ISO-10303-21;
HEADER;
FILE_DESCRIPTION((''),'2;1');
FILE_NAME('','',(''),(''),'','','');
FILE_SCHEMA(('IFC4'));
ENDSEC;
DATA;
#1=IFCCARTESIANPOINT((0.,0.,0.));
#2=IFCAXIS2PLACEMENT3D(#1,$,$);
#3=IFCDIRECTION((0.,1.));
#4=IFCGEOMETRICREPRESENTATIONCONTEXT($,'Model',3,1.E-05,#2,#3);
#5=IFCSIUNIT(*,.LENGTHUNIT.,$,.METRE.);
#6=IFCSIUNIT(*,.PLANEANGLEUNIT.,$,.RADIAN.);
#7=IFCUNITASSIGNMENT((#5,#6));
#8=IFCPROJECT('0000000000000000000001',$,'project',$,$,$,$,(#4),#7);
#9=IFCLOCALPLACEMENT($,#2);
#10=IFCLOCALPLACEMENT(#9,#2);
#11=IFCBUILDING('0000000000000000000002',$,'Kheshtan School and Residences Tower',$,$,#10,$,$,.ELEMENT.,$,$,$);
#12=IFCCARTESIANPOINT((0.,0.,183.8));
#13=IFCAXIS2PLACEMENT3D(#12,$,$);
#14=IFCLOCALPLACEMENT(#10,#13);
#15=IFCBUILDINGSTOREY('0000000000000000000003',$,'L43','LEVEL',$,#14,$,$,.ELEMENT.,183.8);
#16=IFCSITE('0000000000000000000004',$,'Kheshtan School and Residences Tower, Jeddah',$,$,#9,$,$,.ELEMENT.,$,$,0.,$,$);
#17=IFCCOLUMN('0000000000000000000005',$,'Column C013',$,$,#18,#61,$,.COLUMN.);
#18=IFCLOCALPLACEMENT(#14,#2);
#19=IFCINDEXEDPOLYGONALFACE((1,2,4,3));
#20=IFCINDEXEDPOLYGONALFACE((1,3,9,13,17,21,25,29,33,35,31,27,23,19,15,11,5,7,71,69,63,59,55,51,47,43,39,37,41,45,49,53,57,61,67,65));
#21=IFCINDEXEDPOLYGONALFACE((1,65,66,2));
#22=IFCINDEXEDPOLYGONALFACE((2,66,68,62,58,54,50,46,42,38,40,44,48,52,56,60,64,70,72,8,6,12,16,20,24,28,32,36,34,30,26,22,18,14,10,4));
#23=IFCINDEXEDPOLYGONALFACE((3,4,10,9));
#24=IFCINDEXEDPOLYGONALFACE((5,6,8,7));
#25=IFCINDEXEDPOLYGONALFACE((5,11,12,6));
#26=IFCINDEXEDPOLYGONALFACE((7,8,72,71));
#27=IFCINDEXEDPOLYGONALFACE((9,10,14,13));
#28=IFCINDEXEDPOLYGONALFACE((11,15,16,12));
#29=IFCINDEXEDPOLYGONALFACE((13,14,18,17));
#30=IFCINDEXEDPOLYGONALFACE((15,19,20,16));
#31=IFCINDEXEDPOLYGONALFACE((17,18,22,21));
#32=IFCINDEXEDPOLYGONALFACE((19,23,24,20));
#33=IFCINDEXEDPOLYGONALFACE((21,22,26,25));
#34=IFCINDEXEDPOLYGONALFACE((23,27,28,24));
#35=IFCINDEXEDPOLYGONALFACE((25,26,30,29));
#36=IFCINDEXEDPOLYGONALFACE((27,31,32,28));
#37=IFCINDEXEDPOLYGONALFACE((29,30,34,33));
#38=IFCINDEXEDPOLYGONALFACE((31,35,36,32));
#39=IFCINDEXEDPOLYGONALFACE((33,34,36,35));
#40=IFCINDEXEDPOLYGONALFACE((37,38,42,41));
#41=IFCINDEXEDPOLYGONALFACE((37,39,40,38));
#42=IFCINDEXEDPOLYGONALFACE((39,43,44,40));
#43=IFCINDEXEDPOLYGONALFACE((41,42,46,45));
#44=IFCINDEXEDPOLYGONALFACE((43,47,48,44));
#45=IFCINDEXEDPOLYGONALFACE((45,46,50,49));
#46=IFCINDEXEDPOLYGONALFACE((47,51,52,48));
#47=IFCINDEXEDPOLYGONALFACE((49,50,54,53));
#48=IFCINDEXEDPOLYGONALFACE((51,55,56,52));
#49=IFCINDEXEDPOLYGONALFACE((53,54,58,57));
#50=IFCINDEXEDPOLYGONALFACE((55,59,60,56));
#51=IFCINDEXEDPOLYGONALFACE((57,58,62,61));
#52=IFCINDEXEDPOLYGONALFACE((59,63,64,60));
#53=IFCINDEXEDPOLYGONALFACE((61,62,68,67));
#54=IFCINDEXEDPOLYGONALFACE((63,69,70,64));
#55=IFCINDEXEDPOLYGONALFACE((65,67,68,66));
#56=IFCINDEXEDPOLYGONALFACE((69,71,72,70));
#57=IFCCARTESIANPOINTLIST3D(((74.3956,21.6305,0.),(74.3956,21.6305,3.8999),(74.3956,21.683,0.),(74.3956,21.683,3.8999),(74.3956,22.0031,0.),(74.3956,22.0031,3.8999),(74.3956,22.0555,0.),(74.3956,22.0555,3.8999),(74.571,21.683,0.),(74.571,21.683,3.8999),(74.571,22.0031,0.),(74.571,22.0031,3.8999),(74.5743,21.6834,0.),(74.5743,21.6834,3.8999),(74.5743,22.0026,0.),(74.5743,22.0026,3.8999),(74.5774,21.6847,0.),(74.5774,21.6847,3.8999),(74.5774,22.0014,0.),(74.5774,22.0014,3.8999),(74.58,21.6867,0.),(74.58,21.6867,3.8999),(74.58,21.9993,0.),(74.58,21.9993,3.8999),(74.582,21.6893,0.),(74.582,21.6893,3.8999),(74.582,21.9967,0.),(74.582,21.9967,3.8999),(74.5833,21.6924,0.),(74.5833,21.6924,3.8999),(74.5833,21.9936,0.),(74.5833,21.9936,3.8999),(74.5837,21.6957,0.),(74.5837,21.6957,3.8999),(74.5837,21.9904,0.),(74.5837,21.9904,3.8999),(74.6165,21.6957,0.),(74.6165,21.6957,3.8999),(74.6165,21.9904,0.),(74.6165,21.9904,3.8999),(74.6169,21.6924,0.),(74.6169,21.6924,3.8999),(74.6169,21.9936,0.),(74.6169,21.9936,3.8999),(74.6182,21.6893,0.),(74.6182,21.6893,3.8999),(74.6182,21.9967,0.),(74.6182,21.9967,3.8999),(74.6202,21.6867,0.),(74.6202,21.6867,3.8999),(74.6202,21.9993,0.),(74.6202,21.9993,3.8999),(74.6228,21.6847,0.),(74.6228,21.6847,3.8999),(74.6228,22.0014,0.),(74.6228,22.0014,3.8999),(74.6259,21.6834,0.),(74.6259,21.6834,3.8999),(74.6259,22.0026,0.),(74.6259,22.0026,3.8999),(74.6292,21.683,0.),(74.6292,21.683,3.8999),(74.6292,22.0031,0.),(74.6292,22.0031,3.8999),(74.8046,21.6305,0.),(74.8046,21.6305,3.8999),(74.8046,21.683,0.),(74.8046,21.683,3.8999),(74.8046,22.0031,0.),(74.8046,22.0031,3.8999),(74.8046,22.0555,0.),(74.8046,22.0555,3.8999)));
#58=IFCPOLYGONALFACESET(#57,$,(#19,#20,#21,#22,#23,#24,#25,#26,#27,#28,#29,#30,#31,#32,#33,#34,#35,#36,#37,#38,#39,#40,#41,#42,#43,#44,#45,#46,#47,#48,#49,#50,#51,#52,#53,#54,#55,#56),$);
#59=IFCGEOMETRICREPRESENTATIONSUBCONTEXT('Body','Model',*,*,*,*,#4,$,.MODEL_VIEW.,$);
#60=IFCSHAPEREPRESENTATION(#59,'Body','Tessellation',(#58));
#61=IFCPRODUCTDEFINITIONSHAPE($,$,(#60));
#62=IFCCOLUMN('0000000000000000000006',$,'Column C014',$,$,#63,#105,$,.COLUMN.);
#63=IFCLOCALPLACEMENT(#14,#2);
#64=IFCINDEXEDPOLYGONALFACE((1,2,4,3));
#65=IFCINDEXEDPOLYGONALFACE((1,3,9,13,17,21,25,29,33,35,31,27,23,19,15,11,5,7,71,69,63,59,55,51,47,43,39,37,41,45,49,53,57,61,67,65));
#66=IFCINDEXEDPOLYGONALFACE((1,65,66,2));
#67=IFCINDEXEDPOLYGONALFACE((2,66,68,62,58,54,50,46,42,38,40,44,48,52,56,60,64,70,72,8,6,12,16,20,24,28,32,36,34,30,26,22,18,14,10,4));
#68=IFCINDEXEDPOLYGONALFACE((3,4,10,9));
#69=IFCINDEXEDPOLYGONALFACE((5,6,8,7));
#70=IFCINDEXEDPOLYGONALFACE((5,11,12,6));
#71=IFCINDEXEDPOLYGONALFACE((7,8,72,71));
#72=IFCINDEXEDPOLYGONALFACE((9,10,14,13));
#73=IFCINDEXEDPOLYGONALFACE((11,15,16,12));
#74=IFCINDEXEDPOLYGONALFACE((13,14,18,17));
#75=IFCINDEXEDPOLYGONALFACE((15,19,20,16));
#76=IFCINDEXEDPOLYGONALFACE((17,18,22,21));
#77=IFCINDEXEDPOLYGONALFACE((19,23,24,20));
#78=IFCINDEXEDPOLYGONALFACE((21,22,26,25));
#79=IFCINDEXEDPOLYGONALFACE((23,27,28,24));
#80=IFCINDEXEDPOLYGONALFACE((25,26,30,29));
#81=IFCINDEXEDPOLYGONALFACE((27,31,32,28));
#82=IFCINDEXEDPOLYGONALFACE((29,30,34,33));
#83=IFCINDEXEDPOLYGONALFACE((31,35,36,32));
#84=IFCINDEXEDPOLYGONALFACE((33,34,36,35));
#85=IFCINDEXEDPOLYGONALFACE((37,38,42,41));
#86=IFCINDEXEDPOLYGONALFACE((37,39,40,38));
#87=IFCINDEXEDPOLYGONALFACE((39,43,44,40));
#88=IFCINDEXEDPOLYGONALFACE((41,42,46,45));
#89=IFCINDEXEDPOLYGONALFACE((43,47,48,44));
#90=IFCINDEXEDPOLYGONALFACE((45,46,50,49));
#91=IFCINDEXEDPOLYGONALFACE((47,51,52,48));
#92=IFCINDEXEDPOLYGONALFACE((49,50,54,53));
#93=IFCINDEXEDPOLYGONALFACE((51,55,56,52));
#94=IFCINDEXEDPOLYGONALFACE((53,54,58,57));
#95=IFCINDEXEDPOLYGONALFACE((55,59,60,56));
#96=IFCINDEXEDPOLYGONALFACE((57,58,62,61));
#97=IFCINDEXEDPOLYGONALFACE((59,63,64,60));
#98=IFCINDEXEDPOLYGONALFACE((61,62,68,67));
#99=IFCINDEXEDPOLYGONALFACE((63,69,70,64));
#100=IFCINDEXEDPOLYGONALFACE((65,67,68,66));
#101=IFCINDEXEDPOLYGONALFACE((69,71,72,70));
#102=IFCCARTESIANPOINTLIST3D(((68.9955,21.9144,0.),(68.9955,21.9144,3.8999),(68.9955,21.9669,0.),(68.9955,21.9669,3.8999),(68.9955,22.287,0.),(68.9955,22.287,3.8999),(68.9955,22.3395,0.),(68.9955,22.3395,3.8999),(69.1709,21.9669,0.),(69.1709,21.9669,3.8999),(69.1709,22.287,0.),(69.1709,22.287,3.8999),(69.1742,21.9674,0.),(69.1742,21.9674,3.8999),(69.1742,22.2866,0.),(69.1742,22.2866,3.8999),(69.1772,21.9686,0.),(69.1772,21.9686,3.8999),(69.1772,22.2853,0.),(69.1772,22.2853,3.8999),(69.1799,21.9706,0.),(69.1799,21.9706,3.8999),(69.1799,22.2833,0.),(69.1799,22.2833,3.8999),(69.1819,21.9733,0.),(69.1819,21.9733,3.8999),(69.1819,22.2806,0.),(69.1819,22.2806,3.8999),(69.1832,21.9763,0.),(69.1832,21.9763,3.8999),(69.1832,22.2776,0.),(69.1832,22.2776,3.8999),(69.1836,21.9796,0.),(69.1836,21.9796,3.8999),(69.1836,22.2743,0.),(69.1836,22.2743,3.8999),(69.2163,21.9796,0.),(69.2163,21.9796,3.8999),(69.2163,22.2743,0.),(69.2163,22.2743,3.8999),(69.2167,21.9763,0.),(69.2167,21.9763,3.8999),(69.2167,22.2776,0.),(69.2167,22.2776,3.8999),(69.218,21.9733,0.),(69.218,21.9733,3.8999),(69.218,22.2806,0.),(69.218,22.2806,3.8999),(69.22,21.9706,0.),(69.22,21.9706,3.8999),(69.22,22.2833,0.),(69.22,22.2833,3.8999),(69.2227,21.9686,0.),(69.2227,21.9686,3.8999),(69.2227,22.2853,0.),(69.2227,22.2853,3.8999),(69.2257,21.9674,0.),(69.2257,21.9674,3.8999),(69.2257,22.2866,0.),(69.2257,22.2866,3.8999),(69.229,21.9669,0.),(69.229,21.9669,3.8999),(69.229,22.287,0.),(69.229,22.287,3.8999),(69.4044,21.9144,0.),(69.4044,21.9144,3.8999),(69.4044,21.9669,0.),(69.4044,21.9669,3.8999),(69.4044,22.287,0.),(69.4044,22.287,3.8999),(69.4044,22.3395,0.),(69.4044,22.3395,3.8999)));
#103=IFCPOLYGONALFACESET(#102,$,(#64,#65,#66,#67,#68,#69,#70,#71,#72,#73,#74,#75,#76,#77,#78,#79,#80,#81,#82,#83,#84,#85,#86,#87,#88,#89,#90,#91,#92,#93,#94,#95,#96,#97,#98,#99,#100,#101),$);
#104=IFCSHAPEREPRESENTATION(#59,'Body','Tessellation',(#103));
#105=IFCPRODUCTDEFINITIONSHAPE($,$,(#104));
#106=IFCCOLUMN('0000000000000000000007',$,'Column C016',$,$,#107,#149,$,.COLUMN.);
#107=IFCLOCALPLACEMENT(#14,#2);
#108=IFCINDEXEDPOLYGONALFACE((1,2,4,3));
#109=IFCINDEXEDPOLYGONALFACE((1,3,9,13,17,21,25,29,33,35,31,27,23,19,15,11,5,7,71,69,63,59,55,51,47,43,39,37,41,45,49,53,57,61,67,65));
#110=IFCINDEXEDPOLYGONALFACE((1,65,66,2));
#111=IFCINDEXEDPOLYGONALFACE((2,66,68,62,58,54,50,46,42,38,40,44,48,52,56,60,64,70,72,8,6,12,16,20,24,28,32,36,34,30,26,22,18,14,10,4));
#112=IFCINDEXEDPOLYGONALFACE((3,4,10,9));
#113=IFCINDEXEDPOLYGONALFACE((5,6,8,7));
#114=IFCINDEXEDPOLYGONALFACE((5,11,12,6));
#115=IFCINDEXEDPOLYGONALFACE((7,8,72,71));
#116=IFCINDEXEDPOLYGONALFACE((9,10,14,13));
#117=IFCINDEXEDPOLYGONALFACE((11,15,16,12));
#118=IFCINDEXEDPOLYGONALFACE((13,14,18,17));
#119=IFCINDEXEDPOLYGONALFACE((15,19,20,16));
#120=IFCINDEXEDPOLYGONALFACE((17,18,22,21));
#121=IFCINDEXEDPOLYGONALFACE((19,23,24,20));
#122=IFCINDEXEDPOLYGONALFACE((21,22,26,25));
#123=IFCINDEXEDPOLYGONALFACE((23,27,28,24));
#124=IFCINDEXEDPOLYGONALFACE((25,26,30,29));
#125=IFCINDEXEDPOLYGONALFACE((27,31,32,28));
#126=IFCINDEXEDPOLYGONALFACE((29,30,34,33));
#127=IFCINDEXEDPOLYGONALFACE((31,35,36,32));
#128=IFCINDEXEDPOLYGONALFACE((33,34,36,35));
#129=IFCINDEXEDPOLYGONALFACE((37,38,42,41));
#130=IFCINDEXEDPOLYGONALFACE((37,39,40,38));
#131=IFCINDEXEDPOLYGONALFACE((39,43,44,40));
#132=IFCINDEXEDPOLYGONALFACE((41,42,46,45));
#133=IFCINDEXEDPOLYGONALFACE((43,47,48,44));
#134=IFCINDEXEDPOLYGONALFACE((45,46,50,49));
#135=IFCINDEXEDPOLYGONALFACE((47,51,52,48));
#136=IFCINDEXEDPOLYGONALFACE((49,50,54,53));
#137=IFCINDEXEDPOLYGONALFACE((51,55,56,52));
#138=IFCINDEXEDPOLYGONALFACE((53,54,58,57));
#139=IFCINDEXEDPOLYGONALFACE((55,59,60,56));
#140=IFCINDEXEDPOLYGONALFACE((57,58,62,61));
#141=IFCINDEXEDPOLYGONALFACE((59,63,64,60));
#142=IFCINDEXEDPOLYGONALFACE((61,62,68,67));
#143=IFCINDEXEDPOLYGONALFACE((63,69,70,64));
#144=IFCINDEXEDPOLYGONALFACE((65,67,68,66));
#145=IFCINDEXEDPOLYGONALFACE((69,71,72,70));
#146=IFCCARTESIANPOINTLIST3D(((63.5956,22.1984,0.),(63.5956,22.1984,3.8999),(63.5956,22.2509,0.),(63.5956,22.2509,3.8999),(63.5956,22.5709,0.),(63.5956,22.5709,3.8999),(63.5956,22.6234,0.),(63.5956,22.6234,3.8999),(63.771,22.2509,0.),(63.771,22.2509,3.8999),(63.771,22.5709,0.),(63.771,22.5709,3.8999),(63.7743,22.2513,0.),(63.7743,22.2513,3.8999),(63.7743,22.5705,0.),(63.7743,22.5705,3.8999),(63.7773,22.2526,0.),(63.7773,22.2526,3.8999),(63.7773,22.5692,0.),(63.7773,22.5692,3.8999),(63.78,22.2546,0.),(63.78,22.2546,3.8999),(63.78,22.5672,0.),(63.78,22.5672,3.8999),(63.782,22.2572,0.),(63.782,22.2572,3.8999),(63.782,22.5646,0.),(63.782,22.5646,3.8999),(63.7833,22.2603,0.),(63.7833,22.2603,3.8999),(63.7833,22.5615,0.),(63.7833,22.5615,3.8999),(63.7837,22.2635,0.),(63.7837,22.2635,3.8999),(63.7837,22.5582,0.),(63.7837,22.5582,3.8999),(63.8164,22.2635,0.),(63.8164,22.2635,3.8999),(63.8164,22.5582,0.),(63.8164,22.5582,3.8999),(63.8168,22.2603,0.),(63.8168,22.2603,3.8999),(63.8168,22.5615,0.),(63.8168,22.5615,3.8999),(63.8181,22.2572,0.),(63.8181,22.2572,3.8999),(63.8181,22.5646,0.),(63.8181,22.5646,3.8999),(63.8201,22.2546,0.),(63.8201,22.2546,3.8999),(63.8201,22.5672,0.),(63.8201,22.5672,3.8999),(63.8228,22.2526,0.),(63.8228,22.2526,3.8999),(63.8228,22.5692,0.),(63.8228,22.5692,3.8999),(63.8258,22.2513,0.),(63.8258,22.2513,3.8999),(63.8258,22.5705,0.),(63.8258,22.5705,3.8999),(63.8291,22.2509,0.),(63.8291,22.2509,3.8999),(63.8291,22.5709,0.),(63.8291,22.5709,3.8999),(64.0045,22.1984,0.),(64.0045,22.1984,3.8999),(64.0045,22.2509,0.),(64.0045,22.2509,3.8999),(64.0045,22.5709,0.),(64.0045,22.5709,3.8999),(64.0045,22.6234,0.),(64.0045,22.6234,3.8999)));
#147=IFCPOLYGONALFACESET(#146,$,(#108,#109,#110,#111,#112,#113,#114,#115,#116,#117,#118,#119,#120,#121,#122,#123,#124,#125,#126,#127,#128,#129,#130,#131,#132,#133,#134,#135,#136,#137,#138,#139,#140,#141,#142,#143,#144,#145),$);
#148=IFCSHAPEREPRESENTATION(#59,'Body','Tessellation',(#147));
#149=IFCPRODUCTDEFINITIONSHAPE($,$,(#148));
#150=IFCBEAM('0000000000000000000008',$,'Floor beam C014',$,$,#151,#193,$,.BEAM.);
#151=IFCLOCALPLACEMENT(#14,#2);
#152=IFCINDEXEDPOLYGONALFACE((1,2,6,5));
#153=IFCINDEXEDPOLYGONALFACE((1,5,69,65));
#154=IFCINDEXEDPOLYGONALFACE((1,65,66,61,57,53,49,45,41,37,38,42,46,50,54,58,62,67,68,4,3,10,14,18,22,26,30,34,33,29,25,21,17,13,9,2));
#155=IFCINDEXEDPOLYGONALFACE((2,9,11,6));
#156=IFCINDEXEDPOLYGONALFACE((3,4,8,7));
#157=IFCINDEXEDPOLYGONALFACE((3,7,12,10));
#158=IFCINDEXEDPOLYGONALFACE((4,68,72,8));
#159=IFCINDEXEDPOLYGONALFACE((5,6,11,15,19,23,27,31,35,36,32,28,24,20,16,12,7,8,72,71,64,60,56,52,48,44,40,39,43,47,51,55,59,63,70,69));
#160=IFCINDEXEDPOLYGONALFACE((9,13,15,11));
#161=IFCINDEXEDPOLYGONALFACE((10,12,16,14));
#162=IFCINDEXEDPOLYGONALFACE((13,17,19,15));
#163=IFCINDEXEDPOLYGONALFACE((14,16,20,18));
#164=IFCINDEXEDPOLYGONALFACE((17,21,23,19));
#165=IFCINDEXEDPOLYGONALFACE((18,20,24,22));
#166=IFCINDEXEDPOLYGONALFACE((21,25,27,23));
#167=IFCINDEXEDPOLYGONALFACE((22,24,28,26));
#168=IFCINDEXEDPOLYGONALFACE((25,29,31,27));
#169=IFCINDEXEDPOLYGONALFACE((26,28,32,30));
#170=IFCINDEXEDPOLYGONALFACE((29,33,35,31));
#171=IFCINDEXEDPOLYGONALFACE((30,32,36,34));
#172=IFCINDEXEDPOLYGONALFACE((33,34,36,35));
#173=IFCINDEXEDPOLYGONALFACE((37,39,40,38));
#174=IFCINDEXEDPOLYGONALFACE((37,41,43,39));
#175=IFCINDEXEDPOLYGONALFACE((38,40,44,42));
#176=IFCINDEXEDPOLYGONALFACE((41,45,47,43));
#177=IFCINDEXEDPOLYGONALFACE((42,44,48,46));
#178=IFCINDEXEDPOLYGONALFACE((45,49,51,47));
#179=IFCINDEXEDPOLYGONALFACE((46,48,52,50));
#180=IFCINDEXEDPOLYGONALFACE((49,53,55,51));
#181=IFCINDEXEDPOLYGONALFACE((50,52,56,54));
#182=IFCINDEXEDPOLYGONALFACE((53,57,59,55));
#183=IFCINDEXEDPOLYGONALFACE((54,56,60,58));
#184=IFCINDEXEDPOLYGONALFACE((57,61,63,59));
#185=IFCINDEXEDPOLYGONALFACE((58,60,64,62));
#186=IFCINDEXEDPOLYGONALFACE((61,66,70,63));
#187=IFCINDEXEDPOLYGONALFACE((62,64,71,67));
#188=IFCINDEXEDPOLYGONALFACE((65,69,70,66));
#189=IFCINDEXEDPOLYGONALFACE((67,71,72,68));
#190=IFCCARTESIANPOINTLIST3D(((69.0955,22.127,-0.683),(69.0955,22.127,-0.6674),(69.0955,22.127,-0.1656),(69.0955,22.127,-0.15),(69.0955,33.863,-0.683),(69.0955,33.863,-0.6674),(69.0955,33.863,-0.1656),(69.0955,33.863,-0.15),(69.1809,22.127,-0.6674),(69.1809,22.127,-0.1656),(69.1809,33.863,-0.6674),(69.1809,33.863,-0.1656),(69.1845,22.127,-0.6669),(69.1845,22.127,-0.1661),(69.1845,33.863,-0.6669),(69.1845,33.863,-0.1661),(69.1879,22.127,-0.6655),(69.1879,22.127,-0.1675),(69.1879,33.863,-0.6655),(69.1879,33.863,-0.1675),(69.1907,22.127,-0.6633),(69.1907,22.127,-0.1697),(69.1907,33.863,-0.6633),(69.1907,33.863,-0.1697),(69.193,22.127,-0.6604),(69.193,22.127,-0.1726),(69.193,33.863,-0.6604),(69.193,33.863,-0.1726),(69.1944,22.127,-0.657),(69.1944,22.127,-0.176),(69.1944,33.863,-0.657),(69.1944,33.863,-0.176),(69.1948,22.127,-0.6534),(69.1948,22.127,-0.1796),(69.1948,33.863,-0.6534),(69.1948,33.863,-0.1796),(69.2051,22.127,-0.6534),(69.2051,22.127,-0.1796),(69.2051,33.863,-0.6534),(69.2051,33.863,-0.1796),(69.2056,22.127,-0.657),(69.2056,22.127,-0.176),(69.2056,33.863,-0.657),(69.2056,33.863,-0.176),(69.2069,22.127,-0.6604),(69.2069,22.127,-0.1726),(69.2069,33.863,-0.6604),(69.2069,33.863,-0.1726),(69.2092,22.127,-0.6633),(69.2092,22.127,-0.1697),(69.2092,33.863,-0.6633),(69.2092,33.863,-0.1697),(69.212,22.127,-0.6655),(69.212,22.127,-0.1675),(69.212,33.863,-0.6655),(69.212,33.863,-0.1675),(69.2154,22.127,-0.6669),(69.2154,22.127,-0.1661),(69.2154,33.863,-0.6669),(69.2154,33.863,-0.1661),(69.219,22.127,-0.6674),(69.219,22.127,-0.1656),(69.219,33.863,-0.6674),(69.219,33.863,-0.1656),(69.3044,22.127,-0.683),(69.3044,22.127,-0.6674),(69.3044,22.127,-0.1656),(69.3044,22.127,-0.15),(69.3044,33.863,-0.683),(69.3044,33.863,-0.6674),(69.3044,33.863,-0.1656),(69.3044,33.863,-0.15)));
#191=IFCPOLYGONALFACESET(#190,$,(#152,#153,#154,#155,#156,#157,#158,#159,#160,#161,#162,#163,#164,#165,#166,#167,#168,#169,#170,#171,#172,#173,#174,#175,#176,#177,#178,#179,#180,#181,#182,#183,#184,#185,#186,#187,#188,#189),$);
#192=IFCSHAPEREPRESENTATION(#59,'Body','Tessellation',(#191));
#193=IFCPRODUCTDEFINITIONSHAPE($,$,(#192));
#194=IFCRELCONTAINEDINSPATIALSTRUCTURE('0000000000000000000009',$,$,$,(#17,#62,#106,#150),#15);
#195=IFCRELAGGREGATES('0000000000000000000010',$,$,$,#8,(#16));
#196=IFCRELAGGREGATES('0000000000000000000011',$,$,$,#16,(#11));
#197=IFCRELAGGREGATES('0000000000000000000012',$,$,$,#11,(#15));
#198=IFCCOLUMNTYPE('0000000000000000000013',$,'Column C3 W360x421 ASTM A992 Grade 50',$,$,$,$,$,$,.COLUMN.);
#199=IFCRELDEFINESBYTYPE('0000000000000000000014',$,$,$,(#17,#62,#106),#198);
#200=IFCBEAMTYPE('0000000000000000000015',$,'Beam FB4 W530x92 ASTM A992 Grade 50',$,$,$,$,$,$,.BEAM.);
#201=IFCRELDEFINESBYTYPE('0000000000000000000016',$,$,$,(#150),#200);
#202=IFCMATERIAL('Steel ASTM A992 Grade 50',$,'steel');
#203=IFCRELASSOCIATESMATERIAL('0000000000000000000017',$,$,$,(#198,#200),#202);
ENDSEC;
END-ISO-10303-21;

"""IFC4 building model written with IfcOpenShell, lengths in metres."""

from ifc_helpers import new_model, si_unit, direction, frame, origin, origin_2d, place, context, subcontext, project, spatial, i_section, extrude, material, material_profile, profile_set, type_object, element, save


model = new_model("IFC4")

# Units and contexts
model_context = context("Model", 3, precision=1e-05, world=origin(), true_north=direction((0.0, 1.0)))
body_context = subcontext(model_context, "Body", "Model", "MODEL_VIEW")
ifc_project = project(units=[si_unit("LENGTHUNIT", "METRE"), si_unit("PLANEANGLEUNIT", "RADIAN")], contexts=[model_context])

# Site, building, storey
site_placement = place(None, origin())
site = spatial("IfcSite", under=ifc_project, at=site_placement, Name="Kheshtan School and Residences Tower, Jeddah", CompositionType="ELEMENT", RefElevation=0.0)
building_placement = place(site_placement, origin())
building = spatial("IfcBuilding", under=site, at=building_placement, Name="Kheshtan School and Residences Tower", CompositionType="ELEMENT")
storey_placement = place(building_placement, frame((0.0, 0.0, 183.8)))
storey = spatial("IfcBuildingStorey", under=building, at=storey_placement, Name="L43", Description="LEVEL", CompositionType="ELEMENT", Elevation=183.8)

# Columns
ifc_material_1 = material(Name="Steel ASTM A992 Grade 50", Category="steel")
ifc_material_profile_1 = material_profile(ifc_material_1, i_section(OverallWidth=0.4089, OverallDepth=0.425, WebThickness=0.0327, FlangeThickness=0.0525, FilletRadius=0.0127, at=origin_2d()), Name="W360x421")
ifc_profile_set_1 = profile_set([ifc_material_profile_1], Name="Steel ASTM A992 Grade 50")
column_type = type_object("IfcColumnType", Name="Column C3 W360x421 ASTM A992 Grade 50", PredefinedType="COLUMN", material=ifc_profile_set_1)
for number, where, z_axis, x_axis, name in (
    (1, (74.6001, 21.843, 0.0), (0.0, 0.0, 1.0), (1.0, 0.0, 0.0), "Column C013"),
    (2, (69.2, 22.127, 0.0), (0.0, 0.0, 1.0), (1.0, 0.0, 0.0), "Column C014"),
    (3, (63.8, 22.4109, 0.0), (0.0, 0.0, 1.0), (1.0, 0.0, 0.0), "Column C016"),
):
    element("IfcColumn", number, at=place(storey_placement, frame(where, z_axis=z_axis, x_axis=x_axis)), inside=storey, type_object=column_type, Name=name, PredefinedType="COLUMN", context=body_context, shape_type="SweptSolid", body=[
        extrude(i_section(OverallWidth=0.4089, OverallDepth=0.425, WebThickness=0.0327, FlangeThickness=0.0525, FilletRadius=0.0127, at=origin_2d()), origin(), (0.0, 0.0, 1.0), 3.8999),
    ])

# Beam
ifc_material_profile_2 = material_profile(ifc_material_1, i_section(OverallWidth=0.209, OverallDepth=0.533, WebThickness=0.0103, FlangeThickness=0.0156, FilletRadius=0.0139, at=origin_2d()), Name="W530x92")
ifc_profile_set_2 = profile_set([ifc_material_profile_2], Name="Steel ASTM A992 Grade 50")
beam_type_1 = type_object("IfcBeamType", Name="Beam FB4 W530x92 ASTM A992 Grade 50", PredefinedType="BEAM", material=ifc_profile_set_2)
beam_1_placement = place(storey_placement, frame((69.2, 22.127, -0.4165), z_axis=(0.0, 1.0, 0.0), x_axis=(-1.0, 0.0, 0.0)))
element("IfcBeam", 4, at=beam_1_placement, inside=storey, type_object=beam_type_1, Name="Floor beam C014", PredefinedType="BEAM", context=body_context, shape_type="SweptSolid", body=[
    extrude(i_section(OverallWidth=0.209, OverallDepth=0.533, WebThickness=0.0103, FlangeThickness=0.0156, FilletRadius=0.0139, at=origin_2d()), origin(), (0.0, 0.0, 1.0), 11.7361),
])

save(model, "model.ifc")
